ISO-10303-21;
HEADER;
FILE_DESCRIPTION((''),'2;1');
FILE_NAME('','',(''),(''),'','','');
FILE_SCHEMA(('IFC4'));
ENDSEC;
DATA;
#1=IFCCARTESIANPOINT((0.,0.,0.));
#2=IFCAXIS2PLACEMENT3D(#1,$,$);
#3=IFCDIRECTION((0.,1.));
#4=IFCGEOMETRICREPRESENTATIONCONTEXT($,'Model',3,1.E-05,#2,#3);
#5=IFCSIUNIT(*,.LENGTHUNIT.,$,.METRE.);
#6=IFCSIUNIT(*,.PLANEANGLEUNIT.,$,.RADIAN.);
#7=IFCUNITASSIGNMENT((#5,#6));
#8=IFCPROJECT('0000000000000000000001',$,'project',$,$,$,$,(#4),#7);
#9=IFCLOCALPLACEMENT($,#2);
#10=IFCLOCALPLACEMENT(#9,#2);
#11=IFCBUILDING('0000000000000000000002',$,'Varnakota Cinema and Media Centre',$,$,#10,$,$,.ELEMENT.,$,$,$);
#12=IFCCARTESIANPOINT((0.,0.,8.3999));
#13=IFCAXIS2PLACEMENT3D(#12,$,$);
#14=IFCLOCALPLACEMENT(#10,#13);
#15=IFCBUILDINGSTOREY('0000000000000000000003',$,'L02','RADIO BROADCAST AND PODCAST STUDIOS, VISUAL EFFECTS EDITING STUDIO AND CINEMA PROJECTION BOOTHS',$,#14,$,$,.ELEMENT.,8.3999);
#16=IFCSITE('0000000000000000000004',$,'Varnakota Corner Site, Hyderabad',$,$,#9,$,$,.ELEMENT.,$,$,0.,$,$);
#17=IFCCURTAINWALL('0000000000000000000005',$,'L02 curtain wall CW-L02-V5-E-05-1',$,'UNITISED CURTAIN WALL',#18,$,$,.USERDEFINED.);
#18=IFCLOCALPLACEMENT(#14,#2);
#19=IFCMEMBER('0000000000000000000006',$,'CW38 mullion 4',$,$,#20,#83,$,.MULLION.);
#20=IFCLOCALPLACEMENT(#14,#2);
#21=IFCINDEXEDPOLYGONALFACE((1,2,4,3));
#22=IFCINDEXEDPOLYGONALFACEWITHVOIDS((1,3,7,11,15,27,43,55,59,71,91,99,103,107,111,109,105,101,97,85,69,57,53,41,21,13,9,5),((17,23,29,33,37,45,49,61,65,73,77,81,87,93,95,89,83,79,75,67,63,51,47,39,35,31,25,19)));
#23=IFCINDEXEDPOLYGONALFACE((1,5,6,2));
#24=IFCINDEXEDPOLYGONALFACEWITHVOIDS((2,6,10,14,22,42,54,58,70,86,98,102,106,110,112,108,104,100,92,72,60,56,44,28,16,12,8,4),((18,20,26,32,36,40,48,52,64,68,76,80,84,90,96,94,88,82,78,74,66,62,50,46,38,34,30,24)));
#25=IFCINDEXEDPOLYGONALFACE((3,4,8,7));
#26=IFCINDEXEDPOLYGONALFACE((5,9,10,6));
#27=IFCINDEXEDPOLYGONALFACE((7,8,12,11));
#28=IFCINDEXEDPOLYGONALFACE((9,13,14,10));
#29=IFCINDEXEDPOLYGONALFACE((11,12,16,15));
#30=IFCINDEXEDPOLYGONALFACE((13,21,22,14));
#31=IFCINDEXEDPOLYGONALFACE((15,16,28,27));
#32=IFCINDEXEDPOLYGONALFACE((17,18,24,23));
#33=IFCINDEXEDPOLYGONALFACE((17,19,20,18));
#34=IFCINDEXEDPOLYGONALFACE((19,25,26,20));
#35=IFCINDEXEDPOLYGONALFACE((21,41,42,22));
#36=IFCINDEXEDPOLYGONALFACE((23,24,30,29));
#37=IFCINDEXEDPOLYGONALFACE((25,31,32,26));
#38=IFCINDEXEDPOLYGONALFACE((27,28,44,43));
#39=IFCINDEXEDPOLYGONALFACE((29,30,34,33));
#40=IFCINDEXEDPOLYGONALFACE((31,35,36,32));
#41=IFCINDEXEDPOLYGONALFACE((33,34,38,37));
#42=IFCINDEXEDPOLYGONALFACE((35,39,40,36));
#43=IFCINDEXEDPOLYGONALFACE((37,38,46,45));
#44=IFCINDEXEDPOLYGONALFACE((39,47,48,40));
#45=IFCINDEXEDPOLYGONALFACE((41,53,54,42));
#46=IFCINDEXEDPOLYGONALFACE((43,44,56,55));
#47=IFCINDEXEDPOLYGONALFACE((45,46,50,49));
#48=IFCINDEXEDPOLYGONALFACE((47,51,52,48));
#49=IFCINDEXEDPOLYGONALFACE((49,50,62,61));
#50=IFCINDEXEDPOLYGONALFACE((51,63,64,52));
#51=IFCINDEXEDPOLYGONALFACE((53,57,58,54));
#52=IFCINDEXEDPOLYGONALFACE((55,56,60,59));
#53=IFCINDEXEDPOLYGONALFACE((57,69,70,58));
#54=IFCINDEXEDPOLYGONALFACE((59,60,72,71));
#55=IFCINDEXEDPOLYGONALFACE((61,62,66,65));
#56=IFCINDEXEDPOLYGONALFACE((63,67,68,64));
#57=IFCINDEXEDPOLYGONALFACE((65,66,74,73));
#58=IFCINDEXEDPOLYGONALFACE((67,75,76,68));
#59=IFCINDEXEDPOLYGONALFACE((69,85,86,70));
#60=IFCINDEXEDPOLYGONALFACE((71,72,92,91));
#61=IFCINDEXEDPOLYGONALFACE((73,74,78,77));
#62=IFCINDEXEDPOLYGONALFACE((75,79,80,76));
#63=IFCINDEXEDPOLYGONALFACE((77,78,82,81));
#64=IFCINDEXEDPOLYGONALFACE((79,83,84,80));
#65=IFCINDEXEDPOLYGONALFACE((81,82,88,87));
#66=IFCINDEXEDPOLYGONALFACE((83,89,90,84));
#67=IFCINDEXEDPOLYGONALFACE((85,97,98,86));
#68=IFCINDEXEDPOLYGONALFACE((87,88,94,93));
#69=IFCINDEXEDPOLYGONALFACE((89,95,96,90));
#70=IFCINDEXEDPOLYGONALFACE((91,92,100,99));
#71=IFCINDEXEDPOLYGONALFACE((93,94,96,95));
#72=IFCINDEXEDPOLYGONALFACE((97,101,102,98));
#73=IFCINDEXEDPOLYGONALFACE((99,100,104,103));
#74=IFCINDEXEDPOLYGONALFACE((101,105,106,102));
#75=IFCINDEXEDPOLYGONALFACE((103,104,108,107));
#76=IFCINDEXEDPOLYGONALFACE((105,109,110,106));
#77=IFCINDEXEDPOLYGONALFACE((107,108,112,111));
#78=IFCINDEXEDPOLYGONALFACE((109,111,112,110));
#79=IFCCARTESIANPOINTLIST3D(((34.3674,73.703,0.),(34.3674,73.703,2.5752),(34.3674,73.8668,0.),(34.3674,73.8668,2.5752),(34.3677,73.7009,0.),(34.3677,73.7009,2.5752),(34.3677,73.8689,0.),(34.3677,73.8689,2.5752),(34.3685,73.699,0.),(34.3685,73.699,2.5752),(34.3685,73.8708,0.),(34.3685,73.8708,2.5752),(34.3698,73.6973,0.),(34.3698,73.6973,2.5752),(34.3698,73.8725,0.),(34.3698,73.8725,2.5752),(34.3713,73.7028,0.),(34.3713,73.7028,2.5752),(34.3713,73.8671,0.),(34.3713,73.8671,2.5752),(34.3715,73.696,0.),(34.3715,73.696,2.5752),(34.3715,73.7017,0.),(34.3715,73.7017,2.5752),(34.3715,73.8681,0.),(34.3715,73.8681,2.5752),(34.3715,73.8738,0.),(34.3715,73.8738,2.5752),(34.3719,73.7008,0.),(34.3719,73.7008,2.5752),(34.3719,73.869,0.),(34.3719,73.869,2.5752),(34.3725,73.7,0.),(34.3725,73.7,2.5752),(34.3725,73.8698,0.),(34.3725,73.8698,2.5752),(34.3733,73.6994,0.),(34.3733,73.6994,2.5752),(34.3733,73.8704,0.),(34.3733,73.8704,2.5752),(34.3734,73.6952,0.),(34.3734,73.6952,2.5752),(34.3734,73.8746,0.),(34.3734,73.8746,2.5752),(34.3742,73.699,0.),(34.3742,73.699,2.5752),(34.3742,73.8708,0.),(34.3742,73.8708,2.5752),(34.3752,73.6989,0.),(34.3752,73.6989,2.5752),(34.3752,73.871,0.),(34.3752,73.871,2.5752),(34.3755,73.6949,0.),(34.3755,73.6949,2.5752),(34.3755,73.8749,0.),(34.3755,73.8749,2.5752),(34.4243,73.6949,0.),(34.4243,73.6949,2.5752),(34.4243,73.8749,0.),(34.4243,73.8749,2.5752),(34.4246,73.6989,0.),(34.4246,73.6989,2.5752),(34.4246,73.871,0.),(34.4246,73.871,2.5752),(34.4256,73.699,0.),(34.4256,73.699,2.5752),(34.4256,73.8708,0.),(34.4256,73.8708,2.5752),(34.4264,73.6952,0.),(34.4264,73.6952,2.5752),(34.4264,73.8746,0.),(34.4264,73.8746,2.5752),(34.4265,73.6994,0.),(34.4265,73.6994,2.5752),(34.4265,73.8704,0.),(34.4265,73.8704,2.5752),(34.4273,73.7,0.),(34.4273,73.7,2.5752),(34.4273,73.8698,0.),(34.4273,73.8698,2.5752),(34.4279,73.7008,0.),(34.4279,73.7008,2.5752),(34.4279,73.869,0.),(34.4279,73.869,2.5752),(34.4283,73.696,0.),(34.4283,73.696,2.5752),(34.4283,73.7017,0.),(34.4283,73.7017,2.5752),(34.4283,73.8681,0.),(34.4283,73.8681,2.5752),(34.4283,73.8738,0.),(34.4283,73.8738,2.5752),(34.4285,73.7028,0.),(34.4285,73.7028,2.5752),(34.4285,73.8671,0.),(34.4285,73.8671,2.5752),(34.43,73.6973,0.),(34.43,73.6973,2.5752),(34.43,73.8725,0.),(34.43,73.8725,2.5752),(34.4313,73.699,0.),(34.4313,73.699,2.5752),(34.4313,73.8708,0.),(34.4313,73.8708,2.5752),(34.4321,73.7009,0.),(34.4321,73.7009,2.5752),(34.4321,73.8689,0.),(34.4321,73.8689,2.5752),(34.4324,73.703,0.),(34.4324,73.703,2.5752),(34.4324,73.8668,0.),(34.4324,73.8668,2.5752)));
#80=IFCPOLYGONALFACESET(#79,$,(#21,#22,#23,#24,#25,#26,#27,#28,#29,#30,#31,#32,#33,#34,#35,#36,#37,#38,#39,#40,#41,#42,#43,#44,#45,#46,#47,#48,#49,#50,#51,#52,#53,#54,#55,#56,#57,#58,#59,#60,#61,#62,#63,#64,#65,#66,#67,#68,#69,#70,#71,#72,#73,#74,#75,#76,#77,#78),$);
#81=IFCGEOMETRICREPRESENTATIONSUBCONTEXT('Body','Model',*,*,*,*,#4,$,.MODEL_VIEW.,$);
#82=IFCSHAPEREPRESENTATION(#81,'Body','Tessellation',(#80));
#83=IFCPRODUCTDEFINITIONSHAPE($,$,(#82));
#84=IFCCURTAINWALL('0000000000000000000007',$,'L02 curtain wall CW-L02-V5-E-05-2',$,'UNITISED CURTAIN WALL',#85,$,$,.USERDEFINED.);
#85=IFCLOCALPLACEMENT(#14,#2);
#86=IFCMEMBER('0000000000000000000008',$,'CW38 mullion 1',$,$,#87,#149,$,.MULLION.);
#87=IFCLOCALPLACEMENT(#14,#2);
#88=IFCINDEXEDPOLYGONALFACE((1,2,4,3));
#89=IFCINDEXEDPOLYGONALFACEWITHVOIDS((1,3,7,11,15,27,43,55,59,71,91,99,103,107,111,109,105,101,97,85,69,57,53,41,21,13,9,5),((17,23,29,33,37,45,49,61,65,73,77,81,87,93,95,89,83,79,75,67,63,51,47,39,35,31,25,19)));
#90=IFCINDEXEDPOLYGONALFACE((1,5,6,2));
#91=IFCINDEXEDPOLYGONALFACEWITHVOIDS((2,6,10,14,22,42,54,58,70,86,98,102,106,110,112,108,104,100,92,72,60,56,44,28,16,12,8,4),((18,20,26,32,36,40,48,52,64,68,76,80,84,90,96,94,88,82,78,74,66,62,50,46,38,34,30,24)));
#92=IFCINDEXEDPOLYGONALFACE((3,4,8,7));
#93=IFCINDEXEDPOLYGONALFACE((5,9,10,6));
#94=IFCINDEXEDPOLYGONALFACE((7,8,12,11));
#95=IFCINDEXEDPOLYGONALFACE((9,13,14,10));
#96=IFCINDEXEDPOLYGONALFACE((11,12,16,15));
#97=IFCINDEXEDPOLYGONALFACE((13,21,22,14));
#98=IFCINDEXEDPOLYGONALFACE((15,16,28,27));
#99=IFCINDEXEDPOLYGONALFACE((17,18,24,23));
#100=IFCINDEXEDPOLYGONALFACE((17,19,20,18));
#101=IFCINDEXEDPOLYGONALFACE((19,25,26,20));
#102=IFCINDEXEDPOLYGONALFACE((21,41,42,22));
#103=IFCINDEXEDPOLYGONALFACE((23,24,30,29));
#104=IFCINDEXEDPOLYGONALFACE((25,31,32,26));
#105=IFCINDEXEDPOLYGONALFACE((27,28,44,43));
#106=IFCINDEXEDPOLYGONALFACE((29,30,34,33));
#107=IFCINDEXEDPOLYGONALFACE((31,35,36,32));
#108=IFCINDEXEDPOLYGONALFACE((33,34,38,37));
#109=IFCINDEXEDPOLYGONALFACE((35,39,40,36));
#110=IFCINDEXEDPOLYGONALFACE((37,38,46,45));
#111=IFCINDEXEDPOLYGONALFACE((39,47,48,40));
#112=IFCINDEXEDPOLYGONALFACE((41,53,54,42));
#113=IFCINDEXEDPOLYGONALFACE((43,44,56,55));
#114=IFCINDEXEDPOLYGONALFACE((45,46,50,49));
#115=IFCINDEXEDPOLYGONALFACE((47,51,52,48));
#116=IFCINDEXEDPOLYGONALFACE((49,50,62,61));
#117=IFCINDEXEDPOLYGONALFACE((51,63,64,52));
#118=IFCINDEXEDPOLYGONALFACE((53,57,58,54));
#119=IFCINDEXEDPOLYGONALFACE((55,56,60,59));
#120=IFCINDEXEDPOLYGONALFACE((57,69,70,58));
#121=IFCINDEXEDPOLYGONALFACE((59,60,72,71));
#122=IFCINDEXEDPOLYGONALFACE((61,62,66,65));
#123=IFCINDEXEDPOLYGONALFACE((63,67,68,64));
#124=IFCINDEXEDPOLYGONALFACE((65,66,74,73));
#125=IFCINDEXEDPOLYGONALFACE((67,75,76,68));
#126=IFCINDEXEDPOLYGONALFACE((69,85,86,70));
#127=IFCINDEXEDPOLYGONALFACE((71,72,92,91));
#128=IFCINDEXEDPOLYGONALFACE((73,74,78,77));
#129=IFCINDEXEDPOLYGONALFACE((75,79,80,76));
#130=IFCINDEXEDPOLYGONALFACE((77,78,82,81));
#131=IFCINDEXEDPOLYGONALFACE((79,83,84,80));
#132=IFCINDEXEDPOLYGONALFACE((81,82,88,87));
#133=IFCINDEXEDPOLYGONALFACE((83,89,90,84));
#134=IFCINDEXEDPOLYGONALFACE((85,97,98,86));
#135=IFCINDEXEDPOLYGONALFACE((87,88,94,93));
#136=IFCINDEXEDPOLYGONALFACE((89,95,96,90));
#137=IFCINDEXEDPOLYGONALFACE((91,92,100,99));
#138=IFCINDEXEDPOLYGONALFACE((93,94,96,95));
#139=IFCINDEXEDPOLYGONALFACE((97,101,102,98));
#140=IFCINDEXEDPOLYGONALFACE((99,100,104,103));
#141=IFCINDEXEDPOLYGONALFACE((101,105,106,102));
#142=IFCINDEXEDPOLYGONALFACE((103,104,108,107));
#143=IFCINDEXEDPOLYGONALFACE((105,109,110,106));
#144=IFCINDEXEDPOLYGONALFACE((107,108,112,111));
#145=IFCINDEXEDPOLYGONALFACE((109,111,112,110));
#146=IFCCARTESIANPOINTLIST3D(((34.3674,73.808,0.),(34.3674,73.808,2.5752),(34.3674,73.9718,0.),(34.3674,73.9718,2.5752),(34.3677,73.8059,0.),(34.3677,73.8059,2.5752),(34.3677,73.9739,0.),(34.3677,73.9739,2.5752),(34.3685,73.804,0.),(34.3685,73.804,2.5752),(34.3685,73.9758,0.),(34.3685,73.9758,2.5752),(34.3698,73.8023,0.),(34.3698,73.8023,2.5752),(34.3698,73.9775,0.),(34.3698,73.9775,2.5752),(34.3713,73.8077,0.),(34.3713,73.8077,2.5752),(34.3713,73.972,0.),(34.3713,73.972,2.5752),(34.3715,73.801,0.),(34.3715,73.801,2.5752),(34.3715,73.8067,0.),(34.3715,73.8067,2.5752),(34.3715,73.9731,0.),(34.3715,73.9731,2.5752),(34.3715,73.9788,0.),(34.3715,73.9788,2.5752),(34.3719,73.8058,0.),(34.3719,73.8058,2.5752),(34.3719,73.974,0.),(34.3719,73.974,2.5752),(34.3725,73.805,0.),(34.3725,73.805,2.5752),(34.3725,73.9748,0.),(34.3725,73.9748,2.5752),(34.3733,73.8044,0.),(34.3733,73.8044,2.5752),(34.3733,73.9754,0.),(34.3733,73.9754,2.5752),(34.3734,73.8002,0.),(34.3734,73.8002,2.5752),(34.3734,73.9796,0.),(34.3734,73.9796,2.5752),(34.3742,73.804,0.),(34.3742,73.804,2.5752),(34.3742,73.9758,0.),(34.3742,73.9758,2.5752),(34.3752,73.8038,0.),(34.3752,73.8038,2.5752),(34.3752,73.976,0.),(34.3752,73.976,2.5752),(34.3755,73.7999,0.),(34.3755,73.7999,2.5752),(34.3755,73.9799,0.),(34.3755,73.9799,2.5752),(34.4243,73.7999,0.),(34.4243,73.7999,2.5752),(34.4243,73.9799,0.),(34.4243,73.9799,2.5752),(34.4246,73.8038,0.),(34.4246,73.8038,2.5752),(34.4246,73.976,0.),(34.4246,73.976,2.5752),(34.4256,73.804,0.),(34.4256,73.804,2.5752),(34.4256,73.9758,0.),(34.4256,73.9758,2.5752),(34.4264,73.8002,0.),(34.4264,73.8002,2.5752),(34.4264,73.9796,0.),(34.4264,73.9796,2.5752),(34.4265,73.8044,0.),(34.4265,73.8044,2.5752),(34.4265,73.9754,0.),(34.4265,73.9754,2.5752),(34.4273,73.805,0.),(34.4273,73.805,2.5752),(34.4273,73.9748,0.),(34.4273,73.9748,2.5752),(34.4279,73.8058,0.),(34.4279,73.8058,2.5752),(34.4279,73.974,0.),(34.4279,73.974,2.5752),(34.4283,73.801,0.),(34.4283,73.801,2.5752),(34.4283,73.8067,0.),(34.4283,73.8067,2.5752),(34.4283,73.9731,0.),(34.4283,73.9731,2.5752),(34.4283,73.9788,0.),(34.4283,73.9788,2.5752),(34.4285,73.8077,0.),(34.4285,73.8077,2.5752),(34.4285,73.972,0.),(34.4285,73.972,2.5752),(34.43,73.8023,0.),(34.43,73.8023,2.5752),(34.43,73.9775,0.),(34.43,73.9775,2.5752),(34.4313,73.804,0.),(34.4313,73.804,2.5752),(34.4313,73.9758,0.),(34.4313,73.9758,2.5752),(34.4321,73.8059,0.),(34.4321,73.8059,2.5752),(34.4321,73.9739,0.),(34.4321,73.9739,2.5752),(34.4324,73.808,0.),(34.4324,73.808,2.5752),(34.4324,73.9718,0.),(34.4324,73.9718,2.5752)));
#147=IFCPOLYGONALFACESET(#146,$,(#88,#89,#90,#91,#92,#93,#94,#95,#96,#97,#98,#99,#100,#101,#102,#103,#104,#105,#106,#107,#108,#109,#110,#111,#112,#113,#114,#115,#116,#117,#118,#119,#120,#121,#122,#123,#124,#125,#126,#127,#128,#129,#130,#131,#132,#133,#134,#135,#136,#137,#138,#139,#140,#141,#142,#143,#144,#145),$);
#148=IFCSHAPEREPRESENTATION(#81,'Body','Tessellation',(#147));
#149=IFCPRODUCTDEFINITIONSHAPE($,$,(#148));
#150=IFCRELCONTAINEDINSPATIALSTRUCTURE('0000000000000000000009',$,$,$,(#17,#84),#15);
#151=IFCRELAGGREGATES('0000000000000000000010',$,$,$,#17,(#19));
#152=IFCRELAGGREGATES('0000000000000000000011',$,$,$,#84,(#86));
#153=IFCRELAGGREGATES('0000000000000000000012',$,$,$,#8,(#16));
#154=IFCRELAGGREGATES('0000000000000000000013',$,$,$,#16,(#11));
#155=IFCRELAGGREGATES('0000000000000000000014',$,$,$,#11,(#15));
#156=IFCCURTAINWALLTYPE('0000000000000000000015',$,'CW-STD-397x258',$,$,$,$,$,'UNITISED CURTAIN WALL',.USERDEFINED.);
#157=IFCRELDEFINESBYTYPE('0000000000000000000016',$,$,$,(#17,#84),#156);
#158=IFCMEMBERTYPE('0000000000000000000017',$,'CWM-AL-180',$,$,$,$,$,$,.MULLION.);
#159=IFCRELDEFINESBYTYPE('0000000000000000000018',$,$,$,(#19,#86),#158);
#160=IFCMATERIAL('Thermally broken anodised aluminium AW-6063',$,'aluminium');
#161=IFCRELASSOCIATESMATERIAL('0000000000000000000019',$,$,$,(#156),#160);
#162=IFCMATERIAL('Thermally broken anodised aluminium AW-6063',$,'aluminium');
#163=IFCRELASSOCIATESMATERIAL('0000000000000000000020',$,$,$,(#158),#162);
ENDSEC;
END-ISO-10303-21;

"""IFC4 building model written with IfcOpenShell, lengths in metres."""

from ifc_helpers import new_model, si_unit, direction, frame, origin, origin_2d, place, context, subcontext, project, spatial, hollow_rectangle, extrude, material, material_profile, profile_set, type_object, element, aggregate, save


model = new_model("IFC4")

# Units and contexts
model_context = context("Model", 3, precision=1e-05, world=origin(), true_north=direction((0.0, 1.0)))
body_context = subcontext(model_context, "Body", "Model", "MODEL_VIEW")
ifc_project = project(units=[si_unit("LENGTHUNIT", "METRE"), si_unit("PLANEANGLEUNIT", "RADIAN")], contexts=[model_context])

# Site, building, storey
site_placement = place(None, origin())
site = spatial("IfcSite", under=ifc_project, at=site_placement, Name="Varnakota Corner Site, Hyderabad", CompositionType="ELEMENT", RefElevation=0.0)
building_placement = place(site_placement, origin())
building = spatial("IfcBuilding", under=site, at=building_placement, Name="Varnakota Cinema and Media Centre", CompositionType="ELEMENT")
storey_placement = place(building_placement, frame((0.0, 0.0, 8.3999)))
storey = spatial("IfcBuildingStorey", under=building, at=storey_placement, Name="L02", Description="RADIO BROADCAST AND PODCAST STUDIOS, VISUAL EFFECTS EDITING STUDIO AND CINEMA PROJECTION BOOTHS", CompositionType="ELEMENT", Elevation=8.3999)

# Curtain wall, member
ifc_material_1 = material(Name="Thermally broken anodised aluminium AW-6063", Category="aluminium")
curtain_wall_type = type_object("IfcCurtainWallType", Name="CW-STD-397x258", ElementType="UNITISED CURTAIN WALL", PredefinedType="USERDEFINED", material=ifc_material_1)
curtain_wall_1_placement = place(storey_placement, origin())
curtain_wall_1 = element("IfcCurtainWall", 1, at=curtain_wall_1_placement, inside=storey, type_object=curtain_wall_type, Name="L02 curtain wall CW-L02-V5-E-05-1", ObjectType="UNITISED CURTAIN WALL", PredefinedType="USERDEFINED")
ifc_material_2 = material(Name="Thermally broken anodised aluminium AW-6063", Category="aluminium")
ifc_material_profile_1 = material_profile(ifc_material_2, hollow_rectangle(XDim=0.0649, YDim=0.1799, WallThickness=0.0039, InnerFilletRadius=0.0039, OuterFilletRadius=0.0081, at=origin_2d()), Name="AL-MULLION 180x65x4")
ifc_profile_set_1 = profile_set([ifc_material_profile_1], Name="Thermally broken anodised aluminium AW-6063")
member_type_1 = type_object("IfcMemberType", Name="CWM-AL-180", PredefinedType="MULLION", material=ifc_profile_set_1)
member_1_placement = place(storey_placement, frame((34.3999, 73.7849, 0.0), z_axis=(0.0, 0.0, 1.0), x_axis=(-1.0, 0.0, 0.0)))
member_1 = element("IfcMember", 2, at=member_1_placement, type_object=member_type_1, Name="CW38 mullion 4", PredefinedType="MULLION", context=body_context, shape_type="SweptSolid", body=[
    extrude(hollow_rectangle(XDim=0.0649, YDim=0.1799, WallThickness=0.0039, InnerFilletRadius=0.0039, OuterFilletRadius=0.0081, at=origin_2d()), origin(), (0.0, 0.0, 1.0), 2.5752),
])
aggregate(curtain_wall_1, [member_1])

# Curtain wall, member
curtain_wall_2_placement = place(storey_placement, origin())
curtain_wall_2 = element("IfcCurtainWall", 3, at=curtain_wall_2_placement, inside=storey, type_object=curtain_wall_type, Name="L02 curtain wall CW-L02-V5-E-05-2", ObjectType="UNITISED CURTAIN WALL", PredefinedType="USERDEFINED")
member_2_placement = place(storey_placement, frame((34.3999, 73.8899, 0.0), z_axis=(0.0, 0.0, 1.0), x_axis=(-1.0, 0.0, 0.0)))
member_2 = element("IfcMember", 4, at=member_2_placement, type_object=member_type_1, Name="CW38 mullion 1", PredefinedType="MULLION", context=body_context, shape_type="SweptSolid", body=[
    extrude(hollow_rectangle(XDim=0.0649, YDim=0.1799, WallThickness=0.0039, InnerFilletRadius=0.0039, OuterFilletRadius=0.0081, at=origin_2d()), origin(), (0.0, 0.0, 1.0), 2.5752),
])
aggregate(curtain_wall_2, [member_2])

save(model, "model.ifc")
